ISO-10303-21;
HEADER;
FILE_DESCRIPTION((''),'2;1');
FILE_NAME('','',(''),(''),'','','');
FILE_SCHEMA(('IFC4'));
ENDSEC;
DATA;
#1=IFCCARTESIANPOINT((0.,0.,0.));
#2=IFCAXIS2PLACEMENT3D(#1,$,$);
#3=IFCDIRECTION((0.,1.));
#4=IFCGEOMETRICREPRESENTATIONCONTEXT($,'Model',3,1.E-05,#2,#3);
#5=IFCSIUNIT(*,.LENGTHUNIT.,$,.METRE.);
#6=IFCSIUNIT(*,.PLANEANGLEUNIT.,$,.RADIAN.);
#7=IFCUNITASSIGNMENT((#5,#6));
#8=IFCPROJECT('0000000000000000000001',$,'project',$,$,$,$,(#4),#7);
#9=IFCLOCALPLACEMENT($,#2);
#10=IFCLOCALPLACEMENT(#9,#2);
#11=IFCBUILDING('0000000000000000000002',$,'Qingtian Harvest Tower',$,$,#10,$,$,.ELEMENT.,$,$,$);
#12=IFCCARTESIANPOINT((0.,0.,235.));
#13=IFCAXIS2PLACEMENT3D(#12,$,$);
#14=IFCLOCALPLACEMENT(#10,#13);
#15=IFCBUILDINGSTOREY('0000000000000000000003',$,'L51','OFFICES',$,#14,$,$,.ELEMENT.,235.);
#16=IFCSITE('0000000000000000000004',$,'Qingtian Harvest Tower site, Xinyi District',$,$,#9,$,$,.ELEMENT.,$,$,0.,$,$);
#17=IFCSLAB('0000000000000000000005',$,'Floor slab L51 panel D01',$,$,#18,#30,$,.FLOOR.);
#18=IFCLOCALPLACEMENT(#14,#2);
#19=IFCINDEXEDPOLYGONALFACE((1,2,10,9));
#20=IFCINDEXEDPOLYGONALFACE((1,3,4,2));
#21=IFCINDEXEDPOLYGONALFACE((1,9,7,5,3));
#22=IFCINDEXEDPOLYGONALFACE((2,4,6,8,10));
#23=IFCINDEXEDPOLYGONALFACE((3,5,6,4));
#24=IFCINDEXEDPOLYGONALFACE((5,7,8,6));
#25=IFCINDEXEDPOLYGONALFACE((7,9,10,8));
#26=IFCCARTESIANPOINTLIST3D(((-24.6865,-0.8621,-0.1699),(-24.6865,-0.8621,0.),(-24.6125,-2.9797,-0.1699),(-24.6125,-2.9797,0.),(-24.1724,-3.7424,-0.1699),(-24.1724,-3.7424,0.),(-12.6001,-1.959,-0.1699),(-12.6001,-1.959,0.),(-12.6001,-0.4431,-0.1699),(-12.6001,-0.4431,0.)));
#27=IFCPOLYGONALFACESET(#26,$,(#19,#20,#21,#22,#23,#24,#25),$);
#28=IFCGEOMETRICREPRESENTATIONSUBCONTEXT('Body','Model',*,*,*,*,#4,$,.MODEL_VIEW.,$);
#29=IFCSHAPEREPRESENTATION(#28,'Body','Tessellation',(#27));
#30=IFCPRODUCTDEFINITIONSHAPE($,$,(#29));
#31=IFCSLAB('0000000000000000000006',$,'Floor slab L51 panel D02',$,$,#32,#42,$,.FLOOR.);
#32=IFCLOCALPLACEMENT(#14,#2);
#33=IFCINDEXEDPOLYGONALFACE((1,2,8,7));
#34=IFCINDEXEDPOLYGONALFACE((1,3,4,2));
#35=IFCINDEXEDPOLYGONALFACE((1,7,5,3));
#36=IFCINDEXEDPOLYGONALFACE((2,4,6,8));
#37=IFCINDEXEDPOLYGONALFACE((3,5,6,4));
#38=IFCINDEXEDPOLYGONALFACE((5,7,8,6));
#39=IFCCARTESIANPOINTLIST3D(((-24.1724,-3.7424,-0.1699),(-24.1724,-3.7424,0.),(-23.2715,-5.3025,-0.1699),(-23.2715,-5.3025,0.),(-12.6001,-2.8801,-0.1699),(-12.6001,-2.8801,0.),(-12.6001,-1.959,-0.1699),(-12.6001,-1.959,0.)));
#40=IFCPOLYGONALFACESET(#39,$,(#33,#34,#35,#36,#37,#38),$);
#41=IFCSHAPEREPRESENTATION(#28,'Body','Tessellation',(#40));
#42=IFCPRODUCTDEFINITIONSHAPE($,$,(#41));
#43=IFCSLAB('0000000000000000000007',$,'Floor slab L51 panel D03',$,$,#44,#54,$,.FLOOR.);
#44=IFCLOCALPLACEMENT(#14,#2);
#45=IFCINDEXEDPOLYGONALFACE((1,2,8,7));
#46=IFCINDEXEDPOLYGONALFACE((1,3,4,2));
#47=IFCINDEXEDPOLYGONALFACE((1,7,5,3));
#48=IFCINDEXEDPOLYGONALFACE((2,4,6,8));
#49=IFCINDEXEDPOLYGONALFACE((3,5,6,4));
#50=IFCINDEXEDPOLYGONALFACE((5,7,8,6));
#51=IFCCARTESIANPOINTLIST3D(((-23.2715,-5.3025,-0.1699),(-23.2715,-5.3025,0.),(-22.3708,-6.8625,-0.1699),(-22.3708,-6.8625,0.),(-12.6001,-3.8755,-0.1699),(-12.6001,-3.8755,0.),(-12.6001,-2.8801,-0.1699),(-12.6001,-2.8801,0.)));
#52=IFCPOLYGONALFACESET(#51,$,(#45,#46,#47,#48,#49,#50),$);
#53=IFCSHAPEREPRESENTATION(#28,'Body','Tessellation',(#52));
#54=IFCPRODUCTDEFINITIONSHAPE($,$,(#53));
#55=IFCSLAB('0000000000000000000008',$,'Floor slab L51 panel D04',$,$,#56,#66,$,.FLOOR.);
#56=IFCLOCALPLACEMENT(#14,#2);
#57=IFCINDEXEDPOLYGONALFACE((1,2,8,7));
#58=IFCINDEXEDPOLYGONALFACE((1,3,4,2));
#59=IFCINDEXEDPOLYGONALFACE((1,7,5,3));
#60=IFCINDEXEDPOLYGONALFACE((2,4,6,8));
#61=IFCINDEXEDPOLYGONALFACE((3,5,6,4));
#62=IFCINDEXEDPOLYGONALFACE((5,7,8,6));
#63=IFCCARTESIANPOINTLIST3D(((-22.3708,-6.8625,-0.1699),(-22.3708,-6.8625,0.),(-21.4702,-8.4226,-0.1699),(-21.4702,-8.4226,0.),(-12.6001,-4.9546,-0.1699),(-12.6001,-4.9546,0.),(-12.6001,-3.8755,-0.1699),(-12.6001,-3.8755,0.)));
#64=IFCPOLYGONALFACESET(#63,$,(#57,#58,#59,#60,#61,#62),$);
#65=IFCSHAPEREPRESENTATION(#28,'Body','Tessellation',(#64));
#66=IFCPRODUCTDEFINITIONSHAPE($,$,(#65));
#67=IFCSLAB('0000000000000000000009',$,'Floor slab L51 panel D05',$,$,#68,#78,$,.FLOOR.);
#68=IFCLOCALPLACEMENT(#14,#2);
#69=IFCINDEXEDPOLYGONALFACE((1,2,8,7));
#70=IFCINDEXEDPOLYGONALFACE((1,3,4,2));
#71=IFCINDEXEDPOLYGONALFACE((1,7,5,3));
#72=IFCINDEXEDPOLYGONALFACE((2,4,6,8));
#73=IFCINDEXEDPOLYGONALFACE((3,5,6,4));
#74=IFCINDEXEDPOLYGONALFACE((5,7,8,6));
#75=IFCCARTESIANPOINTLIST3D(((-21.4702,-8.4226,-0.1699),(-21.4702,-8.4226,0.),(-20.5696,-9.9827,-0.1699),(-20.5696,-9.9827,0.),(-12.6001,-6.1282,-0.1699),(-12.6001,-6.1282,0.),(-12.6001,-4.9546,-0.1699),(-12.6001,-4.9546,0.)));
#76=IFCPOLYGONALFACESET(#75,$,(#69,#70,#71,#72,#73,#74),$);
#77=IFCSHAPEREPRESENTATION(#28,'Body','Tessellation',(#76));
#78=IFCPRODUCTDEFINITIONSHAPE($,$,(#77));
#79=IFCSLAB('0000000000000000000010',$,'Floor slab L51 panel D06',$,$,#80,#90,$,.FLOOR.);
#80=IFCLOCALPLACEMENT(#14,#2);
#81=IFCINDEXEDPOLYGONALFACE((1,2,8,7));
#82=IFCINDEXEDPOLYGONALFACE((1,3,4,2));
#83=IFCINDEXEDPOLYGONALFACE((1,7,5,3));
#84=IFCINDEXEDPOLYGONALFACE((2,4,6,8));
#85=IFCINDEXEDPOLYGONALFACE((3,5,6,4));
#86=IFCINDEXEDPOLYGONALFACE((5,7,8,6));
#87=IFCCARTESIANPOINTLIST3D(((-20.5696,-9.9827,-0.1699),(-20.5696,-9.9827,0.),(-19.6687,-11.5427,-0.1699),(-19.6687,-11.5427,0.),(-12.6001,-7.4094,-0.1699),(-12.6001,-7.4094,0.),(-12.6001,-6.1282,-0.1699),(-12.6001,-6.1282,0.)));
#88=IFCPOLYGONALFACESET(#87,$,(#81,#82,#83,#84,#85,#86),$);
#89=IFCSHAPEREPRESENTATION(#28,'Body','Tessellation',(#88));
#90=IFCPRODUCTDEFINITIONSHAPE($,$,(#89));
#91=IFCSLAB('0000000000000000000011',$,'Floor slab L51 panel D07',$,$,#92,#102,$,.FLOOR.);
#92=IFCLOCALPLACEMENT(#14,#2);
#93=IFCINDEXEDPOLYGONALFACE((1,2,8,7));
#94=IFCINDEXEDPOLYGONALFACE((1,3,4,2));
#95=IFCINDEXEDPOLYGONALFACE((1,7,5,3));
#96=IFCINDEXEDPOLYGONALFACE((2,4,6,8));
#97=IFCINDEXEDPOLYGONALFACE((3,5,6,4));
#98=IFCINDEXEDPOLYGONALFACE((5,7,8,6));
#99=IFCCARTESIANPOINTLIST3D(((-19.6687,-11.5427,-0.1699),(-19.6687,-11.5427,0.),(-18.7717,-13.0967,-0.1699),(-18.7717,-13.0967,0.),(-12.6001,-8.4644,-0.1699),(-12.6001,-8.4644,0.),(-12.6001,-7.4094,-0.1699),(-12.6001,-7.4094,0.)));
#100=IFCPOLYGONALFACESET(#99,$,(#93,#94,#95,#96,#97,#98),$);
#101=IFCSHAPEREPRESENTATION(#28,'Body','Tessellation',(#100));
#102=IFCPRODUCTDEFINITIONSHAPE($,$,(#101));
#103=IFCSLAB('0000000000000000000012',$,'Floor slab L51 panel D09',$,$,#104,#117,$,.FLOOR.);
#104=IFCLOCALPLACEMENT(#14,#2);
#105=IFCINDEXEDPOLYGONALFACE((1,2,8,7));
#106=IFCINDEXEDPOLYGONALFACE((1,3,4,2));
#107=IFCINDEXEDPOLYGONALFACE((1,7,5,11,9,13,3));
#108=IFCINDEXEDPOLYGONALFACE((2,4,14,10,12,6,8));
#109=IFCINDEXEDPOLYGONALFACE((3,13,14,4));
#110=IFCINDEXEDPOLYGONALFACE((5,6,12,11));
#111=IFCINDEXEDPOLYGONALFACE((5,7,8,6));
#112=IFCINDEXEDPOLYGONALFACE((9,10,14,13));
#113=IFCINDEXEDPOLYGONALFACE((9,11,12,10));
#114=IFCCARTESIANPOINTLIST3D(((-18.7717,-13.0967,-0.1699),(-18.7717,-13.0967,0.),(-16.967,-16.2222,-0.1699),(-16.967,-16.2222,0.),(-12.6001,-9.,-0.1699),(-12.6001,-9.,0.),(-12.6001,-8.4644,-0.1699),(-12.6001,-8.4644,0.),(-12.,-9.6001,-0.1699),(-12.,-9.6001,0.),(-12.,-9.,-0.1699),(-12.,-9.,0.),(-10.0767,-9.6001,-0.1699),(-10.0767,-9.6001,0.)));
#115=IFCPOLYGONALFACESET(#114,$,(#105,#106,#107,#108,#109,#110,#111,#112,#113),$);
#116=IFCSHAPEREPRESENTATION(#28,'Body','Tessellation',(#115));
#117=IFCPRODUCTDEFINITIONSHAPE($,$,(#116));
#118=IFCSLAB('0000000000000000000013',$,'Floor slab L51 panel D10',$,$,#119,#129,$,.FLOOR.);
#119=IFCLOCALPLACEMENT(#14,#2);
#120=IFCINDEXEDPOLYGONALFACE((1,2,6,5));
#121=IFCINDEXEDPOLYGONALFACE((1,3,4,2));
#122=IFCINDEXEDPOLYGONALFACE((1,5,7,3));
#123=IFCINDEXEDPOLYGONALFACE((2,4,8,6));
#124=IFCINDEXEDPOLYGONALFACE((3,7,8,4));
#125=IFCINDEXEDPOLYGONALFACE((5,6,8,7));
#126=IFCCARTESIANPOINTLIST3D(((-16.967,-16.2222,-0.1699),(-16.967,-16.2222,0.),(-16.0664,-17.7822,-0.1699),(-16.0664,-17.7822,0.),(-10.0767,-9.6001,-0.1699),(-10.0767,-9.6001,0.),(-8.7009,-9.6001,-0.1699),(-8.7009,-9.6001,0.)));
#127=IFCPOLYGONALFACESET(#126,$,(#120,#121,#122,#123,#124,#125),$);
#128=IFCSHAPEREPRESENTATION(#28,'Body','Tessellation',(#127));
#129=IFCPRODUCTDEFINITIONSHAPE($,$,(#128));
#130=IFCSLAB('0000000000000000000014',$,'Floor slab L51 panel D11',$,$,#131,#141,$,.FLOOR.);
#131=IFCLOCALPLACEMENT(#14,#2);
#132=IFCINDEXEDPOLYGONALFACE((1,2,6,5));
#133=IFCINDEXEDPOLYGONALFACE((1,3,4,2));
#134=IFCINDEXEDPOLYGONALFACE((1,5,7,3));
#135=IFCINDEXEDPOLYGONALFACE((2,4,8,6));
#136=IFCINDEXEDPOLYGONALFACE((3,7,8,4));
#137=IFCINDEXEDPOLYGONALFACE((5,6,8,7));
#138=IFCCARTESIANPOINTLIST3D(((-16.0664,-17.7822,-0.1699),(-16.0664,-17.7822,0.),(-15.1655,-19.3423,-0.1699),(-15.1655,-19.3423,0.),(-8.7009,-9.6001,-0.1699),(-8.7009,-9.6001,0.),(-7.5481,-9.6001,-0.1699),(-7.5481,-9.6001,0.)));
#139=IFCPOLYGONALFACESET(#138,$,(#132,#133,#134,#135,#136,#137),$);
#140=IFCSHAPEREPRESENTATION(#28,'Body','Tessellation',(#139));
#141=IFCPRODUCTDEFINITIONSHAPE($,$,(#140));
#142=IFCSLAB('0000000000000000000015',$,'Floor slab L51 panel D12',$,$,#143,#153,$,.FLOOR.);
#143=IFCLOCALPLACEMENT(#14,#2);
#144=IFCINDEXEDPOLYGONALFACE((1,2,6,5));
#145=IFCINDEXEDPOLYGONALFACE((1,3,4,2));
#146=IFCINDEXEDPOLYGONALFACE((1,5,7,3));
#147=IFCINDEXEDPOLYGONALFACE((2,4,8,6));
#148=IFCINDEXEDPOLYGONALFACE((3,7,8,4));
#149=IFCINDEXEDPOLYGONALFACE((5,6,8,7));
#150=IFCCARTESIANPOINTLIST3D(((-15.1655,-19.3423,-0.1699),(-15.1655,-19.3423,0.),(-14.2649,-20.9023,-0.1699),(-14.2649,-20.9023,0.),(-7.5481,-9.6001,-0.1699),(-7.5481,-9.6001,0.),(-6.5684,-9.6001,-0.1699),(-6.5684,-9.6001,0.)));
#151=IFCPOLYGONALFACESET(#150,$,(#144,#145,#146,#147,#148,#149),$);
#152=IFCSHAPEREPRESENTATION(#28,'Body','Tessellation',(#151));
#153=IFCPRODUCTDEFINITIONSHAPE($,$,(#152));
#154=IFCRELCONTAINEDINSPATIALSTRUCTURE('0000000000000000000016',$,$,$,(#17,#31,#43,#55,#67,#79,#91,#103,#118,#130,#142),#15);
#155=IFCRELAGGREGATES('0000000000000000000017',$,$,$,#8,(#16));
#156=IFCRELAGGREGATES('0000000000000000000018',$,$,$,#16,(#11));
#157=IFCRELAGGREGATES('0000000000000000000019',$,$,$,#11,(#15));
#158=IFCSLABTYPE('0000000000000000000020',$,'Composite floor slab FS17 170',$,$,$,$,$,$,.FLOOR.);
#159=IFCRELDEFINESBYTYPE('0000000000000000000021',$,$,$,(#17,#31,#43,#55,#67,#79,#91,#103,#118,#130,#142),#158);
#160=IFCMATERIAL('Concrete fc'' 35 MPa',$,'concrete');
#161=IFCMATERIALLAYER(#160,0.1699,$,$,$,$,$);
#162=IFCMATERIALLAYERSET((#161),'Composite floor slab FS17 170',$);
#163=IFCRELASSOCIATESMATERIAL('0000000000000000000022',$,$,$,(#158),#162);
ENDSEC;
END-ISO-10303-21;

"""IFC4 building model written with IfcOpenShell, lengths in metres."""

from ifc_helpers import new_model, si_unit, direction, frame, origin, place, context, subcontext, project, spatial, polyline, outline, extrude, material, layer, layer_set, type_object, element, save


model = new_model("IFC4")

# Units and contexts
model_context = context("Model", 3, precision=1e-05, world=origin(), true_north=direction((0.0, 1.0)))
body_context = subcontext(model_context, "Body", "Model", "MODEL_VIEW")
ifc_project = project(units=[si_unit("LENGTHUNIT", "METRE"), si_unit("PLANEANGLEUNIT", "RADIAN")], contexts=[model_context])

# Site, building, storey
site_placement = place(None, origin())
site = spatial("IfcSite", under=ifc_project, at=site_placement, Name="Qingtian Harvest Tower site, Xinyi District", CompositionType="ELEMENT", RefElevation=0.0)
building_placement = place(site_placement, origin())
building = spatial("IfcBuilding", under=site, at=building_placement, Name="Qingtian Harvest Tower", CompositionType="ELEMENT")
storey_placement = place(building_placement, frame((0.0, 0.0, 235.0)))
storey = spatial("IfcBuildingStorey", under=building, at=storey_placement, Name="L51", Description="OFFICES", CompositionType="ELEMENT", Elevation=235.0)

# Slabs
ifc_material_1 = material(Name="Concrete fc' 35 MPa", Category="concrete")
ifc_layer_1 = layer(ifc_material_1, 0.1699)
ifc_layer_set_1 = layer_set([ifc_layer_1], Name="Composite floor slab FS17 170")
slab_type_1 = type_object("IfcSlabType", Name="Composite floor slab FS17 170", PredefinedType="FLOOR", material=ifc_layer_set_1)
slab_1_placement = place(storey_placement, frame((0.0, 0.0, -0.1699)))
element("IfcSlab", 1, at=slab_1_placement, inside=storey, type_object=slab_type_1, Name="Floor slab L51 panel D01", PredefinedType="FLOOR", context=body_context, shape_type="SweptSolid", body=[
    extrude(outline(polyline([(-24.6865, -0.8621), (-12.6001, -0.4431), (-12.6001, -1.959), (-24.1724, -3.7424), (-24.6125, -2.9797), (-24.6865, -0.8621)])), origin(), (0.0, 0.0, 1.0), 0.1699),
])
slab_2_placement = place(storey_placement, frame((0.0, 0.0, -0.1699)))
element("IfcSlab", 2, at=slab_2_placement, inside=storey, type_object=slab_type_1, Name="Floor slab L51 panel D02", PredefinedType="FLOOR", context=body_context, shape_type="SweptSolid", body=[
    extrude(outline(polyline([(-12.6001, -2.8801), (-23.2715, -5.3025), (-24.1724, -3.7424), (-12.6001, -1.959), (-12.6001, -2.8801)])), origin(), (0.0, 0.0, 1.0), 0.1699),
])
slab_3_placement = place(storey_placement, frame((0.0, 0.0, -0.1699)))
element("IfcSlab", 3, at=slab_3_placement, inside=storey, type_object=slab_type_1, Name="Floor slab L51 panel D03", PredefinedType="FLOOR", context=body_context, shape_type="SweptSolid", body=[
    extrude(outline(polyline([(-12.6001, -3.8755), (-22.3708, -6.8625), (-23.2715, -5.3025), (-12.6001, -2.8801), (-12.6001, -3.8755)])), origin(), (0.0, 0.0, 1.0), 0.1699),
])
slab_4_placement = place(storey_placement, frame((0.0, 0.0, -0.1699)))
element("IfcSlab", 4, at=slab_4_placement, inside=storey, type_object=slab_type_1, Name="Floor slab L51 panel D04", PredefinedType="FLOOR", context=body_context, shape_type="SweptSolid", body=[
    extrude(outline(polyline([(-12.6001, -4.9546), (-21.4702, -8.4226), (-22.3708, -6.8625), (-12.6001, -3.8755), (-12.6001, -4.9546)])), origin(), (0.0, 0.0, 1.0), 0.1699),
])
slab_5_placement = place(storey_placement, frame((0.0, 0.0, -0.1699)))
element("IfcSlab", 5, at=slab_5_placement, inside=storey, type_object=slab_type_1, Name="Floor slab L51 panel D05", PredefinedType="FLOOR", context=body_context, shape_type="SweptSolid", body=[
    extrude(outline(polyline([(-12.6001, -6.1282), (-20.5696, -9.9827), (-21.4702, -8.4226), (-12.6001, -4.9546), (-12.6001, -6.1282)])), origin(), (0.0, 0.0, 1.0), 0.1699),
])
slab_6_placement = place(storey_placement, frame((0.0, 0.0, -0.1699)))
element("IfcSlab", 6, at=slab_6_placement, inside=storey, type_object=slab_type_1, Name="Floor slab L51 panel D06", PredefinedType="FLOOR", context=body_context, shape_type="SweptSolid", body=[
    extrude(outline(polyline([(-12.6001, -7.4094), (-19.6687, -11.5427), (-20.5696, -9.9827), (-12.6001, -6.1282), (-12.6001, -7.4094)])), origin(), (0.0, 0.0, 1.0), 0.1699),
])
slab_7_placement = place(storey_placement, frame((0.0, 0.0, -0.1699)))
element("IfcSlab", 7, at=slab_7_placement, inside=storey, type_object=slab_type_1, Name="Floor slab L51 panel D07", PredefinedType="FLOOR", context=body_context, shape_type="SweptSolid", body=[
    extrude(outline(polyline([(-12.6001, -8.4644), (-18.7717, -13.0967), (-19.6687, -11.5427), (-12.6001, -7.4094), (-12.6001, -8.4644)])), origin(), (0.0, 0.0, 1.0), 0.1699),
])
slab_8_placement = place(storey_placement, frame((0.0, 0.0, -0.1699)))
element("IfcSlab", 8, at=slab_8_placement, inside=storey, type_object=slab_type_1, Name="Floor slab L51 panel D09", PredefinedType="FLOOR", context=body_context, shape_type="SweptSolid", body=[
    extrude(outline(polyline([(-16.967, -16.2222), (-18.7717, -13.0967), (-12.6001, -8.4644), (-12.6001, -9.0), (-12.0, -9.0), (-12.0, -9.6001), (-10.0767, -9.6001), (-16.967, -16.2222)])), origin(), (0.0, 0.0, 1.0), 0.1699),
])
slab_9_placement = place(storey_placement, frame((0.0, 0.0, -0.1699)))
element("IfcSlab", 9, at=slab_9_placement, inside=storey, type_object=slab_type_1, Name="Floor slab L51 panel D10", PredefinedType="FLOOR", context=body_context, shape_type="SweptSolid", body=[
    extrude(outline(polyline([(-8.7009, -9.6001), (-16.0664, -17.7822), (-16.967, -16.2222), (-10.0767, -9.6001), (-8.7009, -9.6001)])), origin(), (0.0, 0.0, 1.0), 0.1699),
])
slab_10_placement = place(storey_placement, frame((0.0, 0.0, -0.1699)))
element("IfcSlab", 10, at=slab_10_placement, inside=storey, type_object=slab_type_1, Name="Floor slab L51 panel D11", PredefinedType="FLOOR", context=body_context, shape_type="SweptSolid", body=[
    extrude(outline(polyline([(-7.5481, -9.6001), (-15.1655, -19.3423), (-16.0664, -17.7822), (-8.7009, -9.6001), (-7.5481, -9.6001)])), origin(), (0.0, 0.0, 1.0), 0.1699),
])
slab_11_placement = place(storey_placement, frame((0.0, 0.0, -0.1699)))
element("IfcSlab", 11, at=slab_11_placement, inside=storey, type_object=slab_type_1, Name="Floor slab L51 panel D12", PredefinedType="FLOOR", context=body_context, shape_type="SweptSolid", body=[
    extrude(outline(polyline([(-6.5684, -9.6001), (-14.2649, -20.9023), (-15.1655, -19.3423), (-7.5481, -9.6001), (-6.5684, -9.6001)])), origin(), (0.0, 0.0, 1.0), 0.1699),
])

save(model, "model.ifc")
